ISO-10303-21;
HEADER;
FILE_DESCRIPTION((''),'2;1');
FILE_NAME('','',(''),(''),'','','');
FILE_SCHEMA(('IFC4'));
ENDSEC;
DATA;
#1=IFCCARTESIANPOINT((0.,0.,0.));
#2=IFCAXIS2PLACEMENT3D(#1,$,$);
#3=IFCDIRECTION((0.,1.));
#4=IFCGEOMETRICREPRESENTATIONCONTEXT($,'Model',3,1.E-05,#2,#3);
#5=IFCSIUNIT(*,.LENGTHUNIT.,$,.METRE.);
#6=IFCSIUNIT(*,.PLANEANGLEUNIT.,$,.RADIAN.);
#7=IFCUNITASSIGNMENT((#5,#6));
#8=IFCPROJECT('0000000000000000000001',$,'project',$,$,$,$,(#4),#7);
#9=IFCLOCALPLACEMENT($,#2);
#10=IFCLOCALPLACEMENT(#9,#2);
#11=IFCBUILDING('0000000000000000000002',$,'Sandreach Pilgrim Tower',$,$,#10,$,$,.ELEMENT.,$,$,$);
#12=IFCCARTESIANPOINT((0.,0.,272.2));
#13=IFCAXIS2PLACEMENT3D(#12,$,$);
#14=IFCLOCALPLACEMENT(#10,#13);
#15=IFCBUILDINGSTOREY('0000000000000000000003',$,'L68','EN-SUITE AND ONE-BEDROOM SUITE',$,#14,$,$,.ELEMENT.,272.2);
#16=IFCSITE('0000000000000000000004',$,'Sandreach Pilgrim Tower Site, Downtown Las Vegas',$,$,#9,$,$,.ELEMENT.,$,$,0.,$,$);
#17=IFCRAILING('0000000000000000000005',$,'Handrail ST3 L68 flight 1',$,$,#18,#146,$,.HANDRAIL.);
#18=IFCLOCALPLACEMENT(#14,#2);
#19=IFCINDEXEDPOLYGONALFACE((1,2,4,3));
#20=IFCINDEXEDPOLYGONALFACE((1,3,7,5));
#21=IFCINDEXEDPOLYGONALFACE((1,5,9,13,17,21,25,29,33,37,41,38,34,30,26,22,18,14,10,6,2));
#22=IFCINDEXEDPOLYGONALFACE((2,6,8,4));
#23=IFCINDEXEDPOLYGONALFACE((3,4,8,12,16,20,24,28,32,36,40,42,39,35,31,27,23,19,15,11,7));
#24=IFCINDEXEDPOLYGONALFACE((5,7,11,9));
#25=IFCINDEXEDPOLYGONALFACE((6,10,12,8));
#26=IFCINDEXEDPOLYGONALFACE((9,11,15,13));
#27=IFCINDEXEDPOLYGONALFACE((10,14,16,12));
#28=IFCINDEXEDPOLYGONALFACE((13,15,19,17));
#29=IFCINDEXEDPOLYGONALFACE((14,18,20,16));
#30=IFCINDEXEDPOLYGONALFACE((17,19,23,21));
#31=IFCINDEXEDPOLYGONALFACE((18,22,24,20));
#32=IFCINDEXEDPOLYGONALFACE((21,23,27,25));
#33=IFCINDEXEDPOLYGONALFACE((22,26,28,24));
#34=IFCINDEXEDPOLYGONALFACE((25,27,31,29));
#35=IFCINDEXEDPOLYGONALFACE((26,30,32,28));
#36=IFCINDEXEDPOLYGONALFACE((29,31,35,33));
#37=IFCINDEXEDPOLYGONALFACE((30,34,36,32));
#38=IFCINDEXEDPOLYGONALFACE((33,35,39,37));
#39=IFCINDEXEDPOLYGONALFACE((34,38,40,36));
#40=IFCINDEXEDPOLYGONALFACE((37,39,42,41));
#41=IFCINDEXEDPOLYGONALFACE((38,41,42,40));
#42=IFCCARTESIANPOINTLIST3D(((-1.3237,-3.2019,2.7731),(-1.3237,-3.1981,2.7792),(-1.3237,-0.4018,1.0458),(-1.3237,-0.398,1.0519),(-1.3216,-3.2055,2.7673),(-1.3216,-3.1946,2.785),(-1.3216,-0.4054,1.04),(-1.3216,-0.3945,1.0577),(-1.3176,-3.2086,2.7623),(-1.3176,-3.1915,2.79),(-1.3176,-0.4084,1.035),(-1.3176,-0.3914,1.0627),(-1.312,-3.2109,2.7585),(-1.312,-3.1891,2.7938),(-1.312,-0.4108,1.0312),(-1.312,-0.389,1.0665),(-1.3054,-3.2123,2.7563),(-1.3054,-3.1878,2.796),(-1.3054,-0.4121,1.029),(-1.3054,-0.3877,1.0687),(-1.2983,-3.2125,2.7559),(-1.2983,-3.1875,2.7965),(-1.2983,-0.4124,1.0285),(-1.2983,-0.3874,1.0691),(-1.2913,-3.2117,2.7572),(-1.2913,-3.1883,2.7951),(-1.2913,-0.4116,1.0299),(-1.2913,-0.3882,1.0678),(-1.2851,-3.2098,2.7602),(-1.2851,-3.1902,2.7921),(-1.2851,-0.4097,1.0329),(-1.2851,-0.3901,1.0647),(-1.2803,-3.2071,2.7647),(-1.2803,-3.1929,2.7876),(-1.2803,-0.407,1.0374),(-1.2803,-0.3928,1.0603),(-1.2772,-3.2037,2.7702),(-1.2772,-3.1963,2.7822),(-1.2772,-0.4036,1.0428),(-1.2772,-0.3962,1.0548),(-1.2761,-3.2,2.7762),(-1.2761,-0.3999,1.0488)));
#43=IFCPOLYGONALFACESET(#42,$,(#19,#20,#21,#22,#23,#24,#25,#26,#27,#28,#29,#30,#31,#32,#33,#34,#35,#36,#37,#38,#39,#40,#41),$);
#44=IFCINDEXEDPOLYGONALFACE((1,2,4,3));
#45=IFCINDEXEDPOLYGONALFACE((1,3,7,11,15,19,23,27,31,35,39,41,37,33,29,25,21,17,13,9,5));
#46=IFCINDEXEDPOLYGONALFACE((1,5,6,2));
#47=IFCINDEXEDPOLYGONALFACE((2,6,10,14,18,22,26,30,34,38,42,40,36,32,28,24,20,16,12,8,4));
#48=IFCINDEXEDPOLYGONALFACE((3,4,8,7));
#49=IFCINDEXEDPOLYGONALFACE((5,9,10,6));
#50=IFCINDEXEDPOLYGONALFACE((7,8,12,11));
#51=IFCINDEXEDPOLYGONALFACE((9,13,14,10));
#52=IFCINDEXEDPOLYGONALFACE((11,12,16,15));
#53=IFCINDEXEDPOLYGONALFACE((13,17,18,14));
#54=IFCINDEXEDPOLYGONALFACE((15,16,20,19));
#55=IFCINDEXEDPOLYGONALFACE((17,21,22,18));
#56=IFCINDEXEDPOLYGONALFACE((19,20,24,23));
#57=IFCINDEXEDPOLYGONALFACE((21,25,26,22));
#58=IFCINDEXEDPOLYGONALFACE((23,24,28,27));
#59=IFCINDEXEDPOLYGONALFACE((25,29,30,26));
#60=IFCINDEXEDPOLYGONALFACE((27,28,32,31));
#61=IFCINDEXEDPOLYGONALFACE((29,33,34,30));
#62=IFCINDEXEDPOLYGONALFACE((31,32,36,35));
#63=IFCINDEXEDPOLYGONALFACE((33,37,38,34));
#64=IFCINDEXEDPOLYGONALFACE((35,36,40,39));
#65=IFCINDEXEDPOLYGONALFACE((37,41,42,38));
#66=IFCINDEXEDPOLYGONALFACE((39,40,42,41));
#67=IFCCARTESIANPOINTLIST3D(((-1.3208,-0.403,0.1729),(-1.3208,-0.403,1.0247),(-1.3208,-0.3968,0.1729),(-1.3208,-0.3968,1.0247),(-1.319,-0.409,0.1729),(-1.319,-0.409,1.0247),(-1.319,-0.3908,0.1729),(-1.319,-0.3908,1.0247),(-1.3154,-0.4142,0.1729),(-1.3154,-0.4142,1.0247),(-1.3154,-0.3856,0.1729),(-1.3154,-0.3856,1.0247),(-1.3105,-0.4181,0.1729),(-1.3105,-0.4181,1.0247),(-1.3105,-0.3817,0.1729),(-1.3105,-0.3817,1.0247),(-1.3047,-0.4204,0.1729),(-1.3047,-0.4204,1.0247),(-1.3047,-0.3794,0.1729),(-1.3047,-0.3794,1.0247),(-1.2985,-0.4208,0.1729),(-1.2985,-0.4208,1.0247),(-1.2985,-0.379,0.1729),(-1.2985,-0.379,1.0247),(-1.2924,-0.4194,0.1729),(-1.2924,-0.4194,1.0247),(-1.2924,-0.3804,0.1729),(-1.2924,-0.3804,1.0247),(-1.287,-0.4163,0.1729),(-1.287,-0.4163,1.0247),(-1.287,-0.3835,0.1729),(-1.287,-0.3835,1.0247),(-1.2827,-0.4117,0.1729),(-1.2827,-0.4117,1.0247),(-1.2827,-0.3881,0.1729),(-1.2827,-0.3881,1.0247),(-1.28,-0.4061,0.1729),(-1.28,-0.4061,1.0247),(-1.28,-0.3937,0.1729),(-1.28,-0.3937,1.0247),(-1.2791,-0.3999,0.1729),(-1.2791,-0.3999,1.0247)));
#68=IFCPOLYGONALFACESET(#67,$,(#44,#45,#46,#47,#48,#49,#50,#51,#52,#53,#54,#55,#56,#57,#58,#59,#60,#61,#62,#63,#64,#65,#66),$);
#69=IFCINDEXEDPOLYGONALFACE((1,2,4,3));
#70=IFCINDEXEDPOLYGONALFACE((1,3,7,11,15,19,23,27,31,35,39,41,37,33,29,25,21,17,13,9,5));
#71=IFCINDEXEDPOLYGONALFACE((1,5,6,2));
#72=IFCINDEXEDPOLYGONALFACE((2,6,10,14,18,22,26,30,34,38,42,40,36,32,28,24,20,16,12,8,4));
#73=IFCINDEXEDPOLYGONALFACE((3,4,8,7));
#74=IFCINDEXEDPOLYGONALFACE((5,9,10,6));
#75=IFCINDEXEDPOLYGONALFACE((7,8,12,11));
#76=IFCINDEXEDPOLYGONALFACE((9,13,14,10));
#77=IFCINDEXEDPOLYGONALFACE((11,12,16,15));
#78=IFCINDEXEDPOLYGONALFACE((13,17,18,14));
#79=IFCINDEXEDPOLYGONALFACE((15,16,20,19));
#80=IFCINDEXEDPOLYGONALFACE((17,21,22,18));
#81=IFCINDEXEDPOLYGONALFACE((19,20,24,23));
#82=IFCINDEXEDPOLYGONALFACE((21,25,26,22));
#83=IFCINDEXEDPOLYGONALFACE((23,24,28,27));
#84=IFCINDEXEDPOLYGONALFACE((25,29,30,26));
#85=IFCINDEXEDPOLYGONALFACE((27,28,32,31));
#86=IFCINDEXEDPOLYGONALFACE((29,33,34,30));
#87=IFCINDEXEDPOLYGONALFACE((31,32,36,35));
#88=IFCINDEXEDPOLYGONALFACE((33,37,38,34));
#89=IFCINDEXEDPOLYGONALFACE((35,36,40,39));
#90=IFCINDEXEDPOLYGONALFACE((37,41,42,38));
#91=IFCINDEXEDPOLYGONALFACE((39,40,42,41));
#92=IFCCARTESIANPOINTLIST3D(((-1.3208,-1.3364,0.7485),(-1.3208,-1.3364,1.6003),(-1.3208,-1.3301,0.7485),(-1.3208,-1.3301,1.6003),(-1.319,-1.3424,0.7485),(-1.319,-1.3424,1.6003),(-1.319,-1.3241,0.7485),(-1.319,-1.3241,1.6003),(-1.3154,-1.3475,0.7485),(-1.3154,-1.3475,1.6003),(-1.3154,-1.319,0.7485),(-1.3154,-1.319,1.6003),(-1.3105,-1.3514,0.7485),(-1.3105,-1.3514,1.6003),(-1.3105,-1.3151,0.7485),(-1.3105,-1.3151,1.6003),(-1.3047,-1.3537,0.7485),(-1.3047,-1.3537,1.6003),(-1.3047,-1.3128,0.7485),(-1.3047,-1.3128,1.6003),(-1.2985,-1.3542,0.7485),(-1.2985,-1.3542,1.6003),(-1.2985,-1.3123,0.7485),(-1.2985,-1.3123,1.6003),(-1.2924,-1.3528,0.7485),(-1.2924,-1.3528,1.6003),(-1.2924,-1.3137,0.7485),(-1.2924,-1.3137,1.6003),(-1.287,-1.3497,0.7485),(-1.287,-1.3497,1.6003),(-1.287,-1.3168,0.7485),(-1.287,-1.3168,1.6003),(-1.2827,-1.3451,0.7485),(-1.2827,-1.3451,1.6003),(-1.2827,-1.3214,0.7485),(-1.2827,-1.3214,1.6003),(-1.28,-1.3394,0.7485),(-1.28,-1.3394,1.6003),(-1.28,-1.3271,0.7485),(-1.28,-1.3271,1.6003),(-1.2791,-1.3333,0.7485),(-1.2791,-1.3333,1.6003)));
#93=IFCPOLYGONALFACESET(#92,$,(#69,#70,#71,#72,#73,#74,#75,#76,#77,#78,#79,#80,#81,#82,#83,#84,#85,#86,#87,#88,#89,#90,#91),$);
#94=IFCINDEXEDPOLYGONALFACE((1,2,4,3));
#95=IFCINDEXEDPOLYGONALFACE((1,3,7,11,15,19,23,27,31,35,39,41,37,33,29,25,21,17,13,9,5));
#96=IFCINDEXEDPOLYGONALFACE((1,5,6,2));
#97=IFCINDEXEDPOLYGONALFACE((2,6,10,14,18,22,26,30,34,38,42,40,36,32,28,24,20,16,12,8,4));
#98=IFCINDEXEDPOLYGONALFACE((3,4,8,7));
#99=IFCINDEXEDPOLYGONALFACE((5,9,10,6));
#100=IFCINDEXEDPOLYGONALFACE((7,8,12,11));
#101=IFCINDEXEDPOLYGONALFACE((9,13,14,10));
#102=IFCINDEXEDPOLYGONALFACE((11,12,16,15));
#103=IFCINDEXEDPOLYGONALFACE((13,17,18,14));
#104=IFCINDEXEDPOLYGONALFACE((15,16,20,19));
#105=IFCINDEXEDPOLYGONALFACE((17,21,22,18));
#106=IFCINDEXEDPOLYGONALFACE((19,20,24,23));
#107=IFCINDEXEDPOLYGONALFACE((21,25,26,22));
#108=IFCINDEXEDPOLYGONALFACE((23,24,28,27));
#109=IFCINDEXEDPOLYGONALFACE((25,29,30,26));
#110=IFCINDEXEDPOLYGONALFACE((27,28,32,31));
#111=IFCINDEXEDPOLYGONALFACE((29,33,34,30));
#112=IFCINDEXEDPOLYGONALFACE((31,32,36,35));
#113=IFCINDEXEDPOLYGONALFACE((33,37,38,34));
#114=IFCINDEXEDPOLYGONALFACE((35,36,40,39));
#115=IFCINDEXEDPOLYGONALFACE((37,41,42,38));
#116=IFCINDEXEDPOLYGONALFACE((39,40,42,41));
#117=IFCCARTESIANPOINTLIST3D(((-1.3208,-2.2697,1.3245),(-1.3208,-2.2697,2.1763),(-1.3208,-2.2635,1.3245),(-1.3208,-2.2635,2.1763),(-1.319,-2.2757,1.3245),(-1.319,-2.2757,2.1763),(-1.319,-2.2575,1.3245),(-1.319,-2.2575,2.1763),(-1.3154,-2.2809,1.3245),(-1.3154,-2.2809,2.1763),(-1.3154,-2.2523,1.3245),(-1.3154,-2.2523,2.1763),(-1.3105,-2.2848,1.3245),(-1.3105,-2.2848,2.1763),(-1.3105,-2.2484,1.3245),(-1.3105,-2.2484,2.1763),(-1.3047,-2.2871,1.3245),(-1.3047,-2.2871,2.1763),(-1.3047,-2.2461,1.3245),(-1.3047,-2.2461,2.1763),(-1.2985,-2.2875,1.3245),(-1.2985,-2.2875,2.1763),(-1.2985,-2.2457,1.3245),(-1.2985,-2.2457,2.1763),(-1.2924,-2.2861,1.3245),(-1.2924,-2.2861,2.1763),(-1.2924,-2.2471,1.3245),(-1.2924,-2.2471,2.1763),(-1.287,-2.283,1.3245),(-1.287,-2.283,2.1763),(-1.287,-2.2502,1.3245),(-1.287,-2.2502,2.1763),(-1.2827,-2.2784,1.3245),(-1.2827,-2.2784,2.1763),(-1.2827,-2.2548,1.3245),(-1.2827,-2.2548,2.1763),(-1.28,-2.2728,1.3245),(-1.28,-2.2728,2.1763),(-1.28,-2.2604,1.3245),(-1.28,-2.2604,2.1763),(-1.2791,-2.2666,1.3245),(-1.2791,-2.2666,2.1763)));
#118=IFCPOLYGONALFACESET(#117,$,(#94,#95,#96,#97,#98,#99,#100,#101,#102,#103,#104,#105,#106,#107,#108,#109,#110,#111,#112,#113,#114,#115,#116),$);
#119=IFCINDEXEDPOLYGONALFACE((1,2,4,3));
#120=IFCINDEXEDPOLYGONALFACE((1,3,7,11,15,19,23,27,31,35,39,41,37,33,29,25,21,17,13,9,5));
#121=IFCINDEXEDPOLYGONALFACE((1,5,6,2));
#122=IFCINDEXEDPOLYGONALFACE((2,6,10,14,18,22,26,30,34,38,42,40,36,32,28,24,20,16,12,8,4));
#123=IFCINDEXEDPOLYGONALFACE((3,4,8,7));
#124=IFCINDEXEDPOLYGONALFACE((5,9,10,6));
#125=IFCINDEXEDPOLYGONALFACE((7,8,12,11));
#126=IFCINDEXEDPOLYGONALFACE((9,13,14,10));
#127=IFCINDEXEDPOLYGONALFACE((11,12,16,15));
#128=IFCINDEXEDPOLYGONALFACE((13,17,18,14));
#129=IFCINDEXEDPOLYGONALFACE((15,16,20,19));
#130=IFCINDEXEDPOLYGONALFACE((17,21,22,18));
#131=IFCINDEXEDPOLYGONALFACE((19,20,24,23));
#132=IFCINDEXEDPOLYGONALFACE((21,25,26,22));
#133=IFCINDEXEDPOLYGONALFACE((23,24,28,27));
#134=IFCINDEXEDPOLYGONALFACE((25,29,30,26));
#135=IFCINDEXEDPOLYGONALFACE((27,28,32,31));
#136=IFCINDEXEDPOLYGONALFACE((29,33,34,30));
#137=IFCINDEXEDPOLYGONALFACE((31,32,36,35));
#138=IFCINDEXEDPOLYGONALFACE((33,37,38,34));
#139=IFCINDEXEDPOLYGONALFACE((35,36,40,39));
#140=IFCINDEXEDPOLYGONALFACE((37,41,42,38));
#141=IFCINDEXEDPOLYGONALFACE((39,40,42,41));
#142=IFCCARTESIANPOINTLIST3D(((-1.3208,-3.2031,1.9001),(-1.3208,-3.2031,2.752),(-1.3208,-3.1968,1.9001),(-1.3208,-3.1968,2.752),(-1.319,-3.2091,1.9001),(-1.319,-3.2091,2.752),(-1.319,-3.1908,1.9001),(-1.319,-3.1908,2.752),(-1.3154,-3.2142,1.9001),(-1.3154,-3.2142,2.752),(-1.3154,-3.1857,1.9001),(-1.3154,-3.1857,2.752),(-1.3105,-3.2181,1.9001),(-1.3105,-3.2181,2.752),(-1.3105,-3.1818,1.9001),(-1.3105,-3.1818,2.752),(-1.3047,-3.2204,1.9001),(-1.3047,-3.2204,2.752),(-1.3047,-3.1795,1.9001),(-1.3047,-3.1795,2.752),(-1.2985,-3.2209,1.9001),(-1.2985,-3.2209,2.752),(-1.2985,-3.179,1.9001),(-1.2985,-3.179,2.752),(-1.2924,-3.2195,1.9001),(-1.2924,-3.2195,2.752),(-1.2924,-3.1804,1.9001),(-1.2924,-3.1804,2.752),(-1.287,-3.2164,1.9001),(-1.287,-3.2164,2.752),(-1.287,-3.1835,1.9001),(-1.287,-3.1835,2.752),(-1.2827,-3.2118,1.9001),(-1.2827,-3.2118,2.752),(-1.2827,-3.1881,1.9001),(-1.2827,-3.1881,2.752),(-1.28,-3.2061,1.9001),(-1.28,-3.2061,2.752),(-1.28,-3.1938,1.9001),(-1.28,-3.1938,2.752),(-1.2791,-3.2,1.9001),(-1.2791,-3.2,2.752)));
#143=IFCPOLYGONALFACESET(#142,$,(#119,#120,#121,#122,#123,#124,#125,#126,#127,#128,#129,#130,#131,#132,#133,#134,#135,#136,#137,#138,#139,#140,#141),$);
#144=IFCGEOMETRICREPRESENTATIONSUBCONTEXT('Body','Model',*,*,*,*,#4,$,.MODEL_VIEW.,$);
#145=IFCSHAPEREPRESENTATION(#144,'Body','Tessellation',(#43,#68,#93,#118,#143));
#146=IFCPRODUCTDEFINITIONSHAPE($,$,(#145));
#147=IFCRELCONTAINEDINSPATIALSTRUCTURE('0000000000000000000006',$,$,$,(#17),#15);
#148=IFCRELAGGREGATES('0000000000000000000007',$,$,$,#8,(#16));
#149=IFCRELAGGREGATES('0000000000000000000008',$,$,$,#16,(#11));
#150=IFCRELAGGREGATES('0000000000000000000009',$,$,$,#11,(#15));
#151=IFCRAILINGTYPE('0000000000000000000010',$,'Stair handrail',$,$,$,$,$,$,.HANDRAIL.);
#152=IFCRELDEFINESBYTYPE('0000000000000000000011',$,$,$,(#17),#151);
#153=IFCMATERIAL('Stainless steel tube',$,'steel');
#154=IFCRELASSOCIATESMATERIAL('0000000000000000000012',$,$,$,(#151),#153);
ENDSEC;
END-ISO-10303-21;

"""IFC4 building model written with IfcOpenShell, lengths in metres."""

from ifc_helpers import new_model, si_unit, direction, frame, origin, origin_2d, place, context, subcontext, project, spatial, circle, extrude, material, type_object, element, save


model = new_model("IFC4")

# Units and contexts
model_context = context("Model", 3, precision=1e-05, world=origin(), true_north=direction((0.0, 1.0)))
body_context = subcontext(model_context, "Body", "Model", "MODEL_VIEW")
ifc_project = project(units=[si_unit("LENGTHUNIT", "METRE"), si_unit("PLANEANGLEUNIT", "RADIAN")], contexts=[model_context])

# Site, building, storey
site_placement = place(None, origin())
site = spatial("IfcSite", under=ifc_project, at=site_placement, Name="Sandreach Pilgrim Tower Site, Downtown Las Vegas", CompositionType="ELEMENT", RefElevation=0.0)
building_placement = place(site_placement, origin())
building = spatial("IfcBuilding", under=site, at=building_placement, Name="Sandreach Pilgrim Tower", CompositionType="ELEMENT")
storey_placement = place(building_placement, frame((0.0, 0.0, 272.2)))
storey = spatial("IfcBuildingStorey", under=building, at=storey_placement, Name="L68", Description="EN-SUITE AND ONE-BEDROOM SUITE", CompositionType="ELEMENT", Elevation=272.2)

# Railing
ifc_material_1 = material(Name="Stainless steel tube", Category="steel")
railing_type = type_object("IfcRailingType", Name="Stair handrail", PredefinedType="HANDRAIL", material=ifc_material_1)
for number, where, name in (
    (1, (-1.3, -0.3999, 0.1729), "Handrail ST3 L68 flight 1"),
):
    element("IfcRailing", number, at=place(storey_placement, frame(where)), inside=storey, type_object=railing_type, Name=name, PredefinedType="HANDRAIL", context=body_context, shape_type="SweptSolid", body=[
        extrude(circle(Radius=0.0239, at=origin_2d()), frame((0.0, 0.0, 0.876), z_axis=(0.0, -0.85109, 0.52502), x_axis=(1.0, 0.0, 0.0)), (0.0, 0.0, 1.0), 3.29),
        extrude(circle(Radius=0.021, at=origin_2d()), origin(), (0.0, 0.0, 1.0), 0.8518),
        extrude(circle(Radius=0.021, at=origin_2d()), frame((0.0, -0.9333, 0.5757)), (0.0, 0.0, 1.0), 0.8518),
        extrude(circle(Radius=0.021, at=origin_2d()), frame((0.0, -1.8667, 1.1516)), (0.0, 0.0, 1.0), 0.8518),
        extrude(circle(Radius=0.021, at=origin_2d()), frame((0.0, -2.8, 1.7273)), (0.0, 0.0, 1.0), 0.8518),
    ])

save(model, "model.ifc")
